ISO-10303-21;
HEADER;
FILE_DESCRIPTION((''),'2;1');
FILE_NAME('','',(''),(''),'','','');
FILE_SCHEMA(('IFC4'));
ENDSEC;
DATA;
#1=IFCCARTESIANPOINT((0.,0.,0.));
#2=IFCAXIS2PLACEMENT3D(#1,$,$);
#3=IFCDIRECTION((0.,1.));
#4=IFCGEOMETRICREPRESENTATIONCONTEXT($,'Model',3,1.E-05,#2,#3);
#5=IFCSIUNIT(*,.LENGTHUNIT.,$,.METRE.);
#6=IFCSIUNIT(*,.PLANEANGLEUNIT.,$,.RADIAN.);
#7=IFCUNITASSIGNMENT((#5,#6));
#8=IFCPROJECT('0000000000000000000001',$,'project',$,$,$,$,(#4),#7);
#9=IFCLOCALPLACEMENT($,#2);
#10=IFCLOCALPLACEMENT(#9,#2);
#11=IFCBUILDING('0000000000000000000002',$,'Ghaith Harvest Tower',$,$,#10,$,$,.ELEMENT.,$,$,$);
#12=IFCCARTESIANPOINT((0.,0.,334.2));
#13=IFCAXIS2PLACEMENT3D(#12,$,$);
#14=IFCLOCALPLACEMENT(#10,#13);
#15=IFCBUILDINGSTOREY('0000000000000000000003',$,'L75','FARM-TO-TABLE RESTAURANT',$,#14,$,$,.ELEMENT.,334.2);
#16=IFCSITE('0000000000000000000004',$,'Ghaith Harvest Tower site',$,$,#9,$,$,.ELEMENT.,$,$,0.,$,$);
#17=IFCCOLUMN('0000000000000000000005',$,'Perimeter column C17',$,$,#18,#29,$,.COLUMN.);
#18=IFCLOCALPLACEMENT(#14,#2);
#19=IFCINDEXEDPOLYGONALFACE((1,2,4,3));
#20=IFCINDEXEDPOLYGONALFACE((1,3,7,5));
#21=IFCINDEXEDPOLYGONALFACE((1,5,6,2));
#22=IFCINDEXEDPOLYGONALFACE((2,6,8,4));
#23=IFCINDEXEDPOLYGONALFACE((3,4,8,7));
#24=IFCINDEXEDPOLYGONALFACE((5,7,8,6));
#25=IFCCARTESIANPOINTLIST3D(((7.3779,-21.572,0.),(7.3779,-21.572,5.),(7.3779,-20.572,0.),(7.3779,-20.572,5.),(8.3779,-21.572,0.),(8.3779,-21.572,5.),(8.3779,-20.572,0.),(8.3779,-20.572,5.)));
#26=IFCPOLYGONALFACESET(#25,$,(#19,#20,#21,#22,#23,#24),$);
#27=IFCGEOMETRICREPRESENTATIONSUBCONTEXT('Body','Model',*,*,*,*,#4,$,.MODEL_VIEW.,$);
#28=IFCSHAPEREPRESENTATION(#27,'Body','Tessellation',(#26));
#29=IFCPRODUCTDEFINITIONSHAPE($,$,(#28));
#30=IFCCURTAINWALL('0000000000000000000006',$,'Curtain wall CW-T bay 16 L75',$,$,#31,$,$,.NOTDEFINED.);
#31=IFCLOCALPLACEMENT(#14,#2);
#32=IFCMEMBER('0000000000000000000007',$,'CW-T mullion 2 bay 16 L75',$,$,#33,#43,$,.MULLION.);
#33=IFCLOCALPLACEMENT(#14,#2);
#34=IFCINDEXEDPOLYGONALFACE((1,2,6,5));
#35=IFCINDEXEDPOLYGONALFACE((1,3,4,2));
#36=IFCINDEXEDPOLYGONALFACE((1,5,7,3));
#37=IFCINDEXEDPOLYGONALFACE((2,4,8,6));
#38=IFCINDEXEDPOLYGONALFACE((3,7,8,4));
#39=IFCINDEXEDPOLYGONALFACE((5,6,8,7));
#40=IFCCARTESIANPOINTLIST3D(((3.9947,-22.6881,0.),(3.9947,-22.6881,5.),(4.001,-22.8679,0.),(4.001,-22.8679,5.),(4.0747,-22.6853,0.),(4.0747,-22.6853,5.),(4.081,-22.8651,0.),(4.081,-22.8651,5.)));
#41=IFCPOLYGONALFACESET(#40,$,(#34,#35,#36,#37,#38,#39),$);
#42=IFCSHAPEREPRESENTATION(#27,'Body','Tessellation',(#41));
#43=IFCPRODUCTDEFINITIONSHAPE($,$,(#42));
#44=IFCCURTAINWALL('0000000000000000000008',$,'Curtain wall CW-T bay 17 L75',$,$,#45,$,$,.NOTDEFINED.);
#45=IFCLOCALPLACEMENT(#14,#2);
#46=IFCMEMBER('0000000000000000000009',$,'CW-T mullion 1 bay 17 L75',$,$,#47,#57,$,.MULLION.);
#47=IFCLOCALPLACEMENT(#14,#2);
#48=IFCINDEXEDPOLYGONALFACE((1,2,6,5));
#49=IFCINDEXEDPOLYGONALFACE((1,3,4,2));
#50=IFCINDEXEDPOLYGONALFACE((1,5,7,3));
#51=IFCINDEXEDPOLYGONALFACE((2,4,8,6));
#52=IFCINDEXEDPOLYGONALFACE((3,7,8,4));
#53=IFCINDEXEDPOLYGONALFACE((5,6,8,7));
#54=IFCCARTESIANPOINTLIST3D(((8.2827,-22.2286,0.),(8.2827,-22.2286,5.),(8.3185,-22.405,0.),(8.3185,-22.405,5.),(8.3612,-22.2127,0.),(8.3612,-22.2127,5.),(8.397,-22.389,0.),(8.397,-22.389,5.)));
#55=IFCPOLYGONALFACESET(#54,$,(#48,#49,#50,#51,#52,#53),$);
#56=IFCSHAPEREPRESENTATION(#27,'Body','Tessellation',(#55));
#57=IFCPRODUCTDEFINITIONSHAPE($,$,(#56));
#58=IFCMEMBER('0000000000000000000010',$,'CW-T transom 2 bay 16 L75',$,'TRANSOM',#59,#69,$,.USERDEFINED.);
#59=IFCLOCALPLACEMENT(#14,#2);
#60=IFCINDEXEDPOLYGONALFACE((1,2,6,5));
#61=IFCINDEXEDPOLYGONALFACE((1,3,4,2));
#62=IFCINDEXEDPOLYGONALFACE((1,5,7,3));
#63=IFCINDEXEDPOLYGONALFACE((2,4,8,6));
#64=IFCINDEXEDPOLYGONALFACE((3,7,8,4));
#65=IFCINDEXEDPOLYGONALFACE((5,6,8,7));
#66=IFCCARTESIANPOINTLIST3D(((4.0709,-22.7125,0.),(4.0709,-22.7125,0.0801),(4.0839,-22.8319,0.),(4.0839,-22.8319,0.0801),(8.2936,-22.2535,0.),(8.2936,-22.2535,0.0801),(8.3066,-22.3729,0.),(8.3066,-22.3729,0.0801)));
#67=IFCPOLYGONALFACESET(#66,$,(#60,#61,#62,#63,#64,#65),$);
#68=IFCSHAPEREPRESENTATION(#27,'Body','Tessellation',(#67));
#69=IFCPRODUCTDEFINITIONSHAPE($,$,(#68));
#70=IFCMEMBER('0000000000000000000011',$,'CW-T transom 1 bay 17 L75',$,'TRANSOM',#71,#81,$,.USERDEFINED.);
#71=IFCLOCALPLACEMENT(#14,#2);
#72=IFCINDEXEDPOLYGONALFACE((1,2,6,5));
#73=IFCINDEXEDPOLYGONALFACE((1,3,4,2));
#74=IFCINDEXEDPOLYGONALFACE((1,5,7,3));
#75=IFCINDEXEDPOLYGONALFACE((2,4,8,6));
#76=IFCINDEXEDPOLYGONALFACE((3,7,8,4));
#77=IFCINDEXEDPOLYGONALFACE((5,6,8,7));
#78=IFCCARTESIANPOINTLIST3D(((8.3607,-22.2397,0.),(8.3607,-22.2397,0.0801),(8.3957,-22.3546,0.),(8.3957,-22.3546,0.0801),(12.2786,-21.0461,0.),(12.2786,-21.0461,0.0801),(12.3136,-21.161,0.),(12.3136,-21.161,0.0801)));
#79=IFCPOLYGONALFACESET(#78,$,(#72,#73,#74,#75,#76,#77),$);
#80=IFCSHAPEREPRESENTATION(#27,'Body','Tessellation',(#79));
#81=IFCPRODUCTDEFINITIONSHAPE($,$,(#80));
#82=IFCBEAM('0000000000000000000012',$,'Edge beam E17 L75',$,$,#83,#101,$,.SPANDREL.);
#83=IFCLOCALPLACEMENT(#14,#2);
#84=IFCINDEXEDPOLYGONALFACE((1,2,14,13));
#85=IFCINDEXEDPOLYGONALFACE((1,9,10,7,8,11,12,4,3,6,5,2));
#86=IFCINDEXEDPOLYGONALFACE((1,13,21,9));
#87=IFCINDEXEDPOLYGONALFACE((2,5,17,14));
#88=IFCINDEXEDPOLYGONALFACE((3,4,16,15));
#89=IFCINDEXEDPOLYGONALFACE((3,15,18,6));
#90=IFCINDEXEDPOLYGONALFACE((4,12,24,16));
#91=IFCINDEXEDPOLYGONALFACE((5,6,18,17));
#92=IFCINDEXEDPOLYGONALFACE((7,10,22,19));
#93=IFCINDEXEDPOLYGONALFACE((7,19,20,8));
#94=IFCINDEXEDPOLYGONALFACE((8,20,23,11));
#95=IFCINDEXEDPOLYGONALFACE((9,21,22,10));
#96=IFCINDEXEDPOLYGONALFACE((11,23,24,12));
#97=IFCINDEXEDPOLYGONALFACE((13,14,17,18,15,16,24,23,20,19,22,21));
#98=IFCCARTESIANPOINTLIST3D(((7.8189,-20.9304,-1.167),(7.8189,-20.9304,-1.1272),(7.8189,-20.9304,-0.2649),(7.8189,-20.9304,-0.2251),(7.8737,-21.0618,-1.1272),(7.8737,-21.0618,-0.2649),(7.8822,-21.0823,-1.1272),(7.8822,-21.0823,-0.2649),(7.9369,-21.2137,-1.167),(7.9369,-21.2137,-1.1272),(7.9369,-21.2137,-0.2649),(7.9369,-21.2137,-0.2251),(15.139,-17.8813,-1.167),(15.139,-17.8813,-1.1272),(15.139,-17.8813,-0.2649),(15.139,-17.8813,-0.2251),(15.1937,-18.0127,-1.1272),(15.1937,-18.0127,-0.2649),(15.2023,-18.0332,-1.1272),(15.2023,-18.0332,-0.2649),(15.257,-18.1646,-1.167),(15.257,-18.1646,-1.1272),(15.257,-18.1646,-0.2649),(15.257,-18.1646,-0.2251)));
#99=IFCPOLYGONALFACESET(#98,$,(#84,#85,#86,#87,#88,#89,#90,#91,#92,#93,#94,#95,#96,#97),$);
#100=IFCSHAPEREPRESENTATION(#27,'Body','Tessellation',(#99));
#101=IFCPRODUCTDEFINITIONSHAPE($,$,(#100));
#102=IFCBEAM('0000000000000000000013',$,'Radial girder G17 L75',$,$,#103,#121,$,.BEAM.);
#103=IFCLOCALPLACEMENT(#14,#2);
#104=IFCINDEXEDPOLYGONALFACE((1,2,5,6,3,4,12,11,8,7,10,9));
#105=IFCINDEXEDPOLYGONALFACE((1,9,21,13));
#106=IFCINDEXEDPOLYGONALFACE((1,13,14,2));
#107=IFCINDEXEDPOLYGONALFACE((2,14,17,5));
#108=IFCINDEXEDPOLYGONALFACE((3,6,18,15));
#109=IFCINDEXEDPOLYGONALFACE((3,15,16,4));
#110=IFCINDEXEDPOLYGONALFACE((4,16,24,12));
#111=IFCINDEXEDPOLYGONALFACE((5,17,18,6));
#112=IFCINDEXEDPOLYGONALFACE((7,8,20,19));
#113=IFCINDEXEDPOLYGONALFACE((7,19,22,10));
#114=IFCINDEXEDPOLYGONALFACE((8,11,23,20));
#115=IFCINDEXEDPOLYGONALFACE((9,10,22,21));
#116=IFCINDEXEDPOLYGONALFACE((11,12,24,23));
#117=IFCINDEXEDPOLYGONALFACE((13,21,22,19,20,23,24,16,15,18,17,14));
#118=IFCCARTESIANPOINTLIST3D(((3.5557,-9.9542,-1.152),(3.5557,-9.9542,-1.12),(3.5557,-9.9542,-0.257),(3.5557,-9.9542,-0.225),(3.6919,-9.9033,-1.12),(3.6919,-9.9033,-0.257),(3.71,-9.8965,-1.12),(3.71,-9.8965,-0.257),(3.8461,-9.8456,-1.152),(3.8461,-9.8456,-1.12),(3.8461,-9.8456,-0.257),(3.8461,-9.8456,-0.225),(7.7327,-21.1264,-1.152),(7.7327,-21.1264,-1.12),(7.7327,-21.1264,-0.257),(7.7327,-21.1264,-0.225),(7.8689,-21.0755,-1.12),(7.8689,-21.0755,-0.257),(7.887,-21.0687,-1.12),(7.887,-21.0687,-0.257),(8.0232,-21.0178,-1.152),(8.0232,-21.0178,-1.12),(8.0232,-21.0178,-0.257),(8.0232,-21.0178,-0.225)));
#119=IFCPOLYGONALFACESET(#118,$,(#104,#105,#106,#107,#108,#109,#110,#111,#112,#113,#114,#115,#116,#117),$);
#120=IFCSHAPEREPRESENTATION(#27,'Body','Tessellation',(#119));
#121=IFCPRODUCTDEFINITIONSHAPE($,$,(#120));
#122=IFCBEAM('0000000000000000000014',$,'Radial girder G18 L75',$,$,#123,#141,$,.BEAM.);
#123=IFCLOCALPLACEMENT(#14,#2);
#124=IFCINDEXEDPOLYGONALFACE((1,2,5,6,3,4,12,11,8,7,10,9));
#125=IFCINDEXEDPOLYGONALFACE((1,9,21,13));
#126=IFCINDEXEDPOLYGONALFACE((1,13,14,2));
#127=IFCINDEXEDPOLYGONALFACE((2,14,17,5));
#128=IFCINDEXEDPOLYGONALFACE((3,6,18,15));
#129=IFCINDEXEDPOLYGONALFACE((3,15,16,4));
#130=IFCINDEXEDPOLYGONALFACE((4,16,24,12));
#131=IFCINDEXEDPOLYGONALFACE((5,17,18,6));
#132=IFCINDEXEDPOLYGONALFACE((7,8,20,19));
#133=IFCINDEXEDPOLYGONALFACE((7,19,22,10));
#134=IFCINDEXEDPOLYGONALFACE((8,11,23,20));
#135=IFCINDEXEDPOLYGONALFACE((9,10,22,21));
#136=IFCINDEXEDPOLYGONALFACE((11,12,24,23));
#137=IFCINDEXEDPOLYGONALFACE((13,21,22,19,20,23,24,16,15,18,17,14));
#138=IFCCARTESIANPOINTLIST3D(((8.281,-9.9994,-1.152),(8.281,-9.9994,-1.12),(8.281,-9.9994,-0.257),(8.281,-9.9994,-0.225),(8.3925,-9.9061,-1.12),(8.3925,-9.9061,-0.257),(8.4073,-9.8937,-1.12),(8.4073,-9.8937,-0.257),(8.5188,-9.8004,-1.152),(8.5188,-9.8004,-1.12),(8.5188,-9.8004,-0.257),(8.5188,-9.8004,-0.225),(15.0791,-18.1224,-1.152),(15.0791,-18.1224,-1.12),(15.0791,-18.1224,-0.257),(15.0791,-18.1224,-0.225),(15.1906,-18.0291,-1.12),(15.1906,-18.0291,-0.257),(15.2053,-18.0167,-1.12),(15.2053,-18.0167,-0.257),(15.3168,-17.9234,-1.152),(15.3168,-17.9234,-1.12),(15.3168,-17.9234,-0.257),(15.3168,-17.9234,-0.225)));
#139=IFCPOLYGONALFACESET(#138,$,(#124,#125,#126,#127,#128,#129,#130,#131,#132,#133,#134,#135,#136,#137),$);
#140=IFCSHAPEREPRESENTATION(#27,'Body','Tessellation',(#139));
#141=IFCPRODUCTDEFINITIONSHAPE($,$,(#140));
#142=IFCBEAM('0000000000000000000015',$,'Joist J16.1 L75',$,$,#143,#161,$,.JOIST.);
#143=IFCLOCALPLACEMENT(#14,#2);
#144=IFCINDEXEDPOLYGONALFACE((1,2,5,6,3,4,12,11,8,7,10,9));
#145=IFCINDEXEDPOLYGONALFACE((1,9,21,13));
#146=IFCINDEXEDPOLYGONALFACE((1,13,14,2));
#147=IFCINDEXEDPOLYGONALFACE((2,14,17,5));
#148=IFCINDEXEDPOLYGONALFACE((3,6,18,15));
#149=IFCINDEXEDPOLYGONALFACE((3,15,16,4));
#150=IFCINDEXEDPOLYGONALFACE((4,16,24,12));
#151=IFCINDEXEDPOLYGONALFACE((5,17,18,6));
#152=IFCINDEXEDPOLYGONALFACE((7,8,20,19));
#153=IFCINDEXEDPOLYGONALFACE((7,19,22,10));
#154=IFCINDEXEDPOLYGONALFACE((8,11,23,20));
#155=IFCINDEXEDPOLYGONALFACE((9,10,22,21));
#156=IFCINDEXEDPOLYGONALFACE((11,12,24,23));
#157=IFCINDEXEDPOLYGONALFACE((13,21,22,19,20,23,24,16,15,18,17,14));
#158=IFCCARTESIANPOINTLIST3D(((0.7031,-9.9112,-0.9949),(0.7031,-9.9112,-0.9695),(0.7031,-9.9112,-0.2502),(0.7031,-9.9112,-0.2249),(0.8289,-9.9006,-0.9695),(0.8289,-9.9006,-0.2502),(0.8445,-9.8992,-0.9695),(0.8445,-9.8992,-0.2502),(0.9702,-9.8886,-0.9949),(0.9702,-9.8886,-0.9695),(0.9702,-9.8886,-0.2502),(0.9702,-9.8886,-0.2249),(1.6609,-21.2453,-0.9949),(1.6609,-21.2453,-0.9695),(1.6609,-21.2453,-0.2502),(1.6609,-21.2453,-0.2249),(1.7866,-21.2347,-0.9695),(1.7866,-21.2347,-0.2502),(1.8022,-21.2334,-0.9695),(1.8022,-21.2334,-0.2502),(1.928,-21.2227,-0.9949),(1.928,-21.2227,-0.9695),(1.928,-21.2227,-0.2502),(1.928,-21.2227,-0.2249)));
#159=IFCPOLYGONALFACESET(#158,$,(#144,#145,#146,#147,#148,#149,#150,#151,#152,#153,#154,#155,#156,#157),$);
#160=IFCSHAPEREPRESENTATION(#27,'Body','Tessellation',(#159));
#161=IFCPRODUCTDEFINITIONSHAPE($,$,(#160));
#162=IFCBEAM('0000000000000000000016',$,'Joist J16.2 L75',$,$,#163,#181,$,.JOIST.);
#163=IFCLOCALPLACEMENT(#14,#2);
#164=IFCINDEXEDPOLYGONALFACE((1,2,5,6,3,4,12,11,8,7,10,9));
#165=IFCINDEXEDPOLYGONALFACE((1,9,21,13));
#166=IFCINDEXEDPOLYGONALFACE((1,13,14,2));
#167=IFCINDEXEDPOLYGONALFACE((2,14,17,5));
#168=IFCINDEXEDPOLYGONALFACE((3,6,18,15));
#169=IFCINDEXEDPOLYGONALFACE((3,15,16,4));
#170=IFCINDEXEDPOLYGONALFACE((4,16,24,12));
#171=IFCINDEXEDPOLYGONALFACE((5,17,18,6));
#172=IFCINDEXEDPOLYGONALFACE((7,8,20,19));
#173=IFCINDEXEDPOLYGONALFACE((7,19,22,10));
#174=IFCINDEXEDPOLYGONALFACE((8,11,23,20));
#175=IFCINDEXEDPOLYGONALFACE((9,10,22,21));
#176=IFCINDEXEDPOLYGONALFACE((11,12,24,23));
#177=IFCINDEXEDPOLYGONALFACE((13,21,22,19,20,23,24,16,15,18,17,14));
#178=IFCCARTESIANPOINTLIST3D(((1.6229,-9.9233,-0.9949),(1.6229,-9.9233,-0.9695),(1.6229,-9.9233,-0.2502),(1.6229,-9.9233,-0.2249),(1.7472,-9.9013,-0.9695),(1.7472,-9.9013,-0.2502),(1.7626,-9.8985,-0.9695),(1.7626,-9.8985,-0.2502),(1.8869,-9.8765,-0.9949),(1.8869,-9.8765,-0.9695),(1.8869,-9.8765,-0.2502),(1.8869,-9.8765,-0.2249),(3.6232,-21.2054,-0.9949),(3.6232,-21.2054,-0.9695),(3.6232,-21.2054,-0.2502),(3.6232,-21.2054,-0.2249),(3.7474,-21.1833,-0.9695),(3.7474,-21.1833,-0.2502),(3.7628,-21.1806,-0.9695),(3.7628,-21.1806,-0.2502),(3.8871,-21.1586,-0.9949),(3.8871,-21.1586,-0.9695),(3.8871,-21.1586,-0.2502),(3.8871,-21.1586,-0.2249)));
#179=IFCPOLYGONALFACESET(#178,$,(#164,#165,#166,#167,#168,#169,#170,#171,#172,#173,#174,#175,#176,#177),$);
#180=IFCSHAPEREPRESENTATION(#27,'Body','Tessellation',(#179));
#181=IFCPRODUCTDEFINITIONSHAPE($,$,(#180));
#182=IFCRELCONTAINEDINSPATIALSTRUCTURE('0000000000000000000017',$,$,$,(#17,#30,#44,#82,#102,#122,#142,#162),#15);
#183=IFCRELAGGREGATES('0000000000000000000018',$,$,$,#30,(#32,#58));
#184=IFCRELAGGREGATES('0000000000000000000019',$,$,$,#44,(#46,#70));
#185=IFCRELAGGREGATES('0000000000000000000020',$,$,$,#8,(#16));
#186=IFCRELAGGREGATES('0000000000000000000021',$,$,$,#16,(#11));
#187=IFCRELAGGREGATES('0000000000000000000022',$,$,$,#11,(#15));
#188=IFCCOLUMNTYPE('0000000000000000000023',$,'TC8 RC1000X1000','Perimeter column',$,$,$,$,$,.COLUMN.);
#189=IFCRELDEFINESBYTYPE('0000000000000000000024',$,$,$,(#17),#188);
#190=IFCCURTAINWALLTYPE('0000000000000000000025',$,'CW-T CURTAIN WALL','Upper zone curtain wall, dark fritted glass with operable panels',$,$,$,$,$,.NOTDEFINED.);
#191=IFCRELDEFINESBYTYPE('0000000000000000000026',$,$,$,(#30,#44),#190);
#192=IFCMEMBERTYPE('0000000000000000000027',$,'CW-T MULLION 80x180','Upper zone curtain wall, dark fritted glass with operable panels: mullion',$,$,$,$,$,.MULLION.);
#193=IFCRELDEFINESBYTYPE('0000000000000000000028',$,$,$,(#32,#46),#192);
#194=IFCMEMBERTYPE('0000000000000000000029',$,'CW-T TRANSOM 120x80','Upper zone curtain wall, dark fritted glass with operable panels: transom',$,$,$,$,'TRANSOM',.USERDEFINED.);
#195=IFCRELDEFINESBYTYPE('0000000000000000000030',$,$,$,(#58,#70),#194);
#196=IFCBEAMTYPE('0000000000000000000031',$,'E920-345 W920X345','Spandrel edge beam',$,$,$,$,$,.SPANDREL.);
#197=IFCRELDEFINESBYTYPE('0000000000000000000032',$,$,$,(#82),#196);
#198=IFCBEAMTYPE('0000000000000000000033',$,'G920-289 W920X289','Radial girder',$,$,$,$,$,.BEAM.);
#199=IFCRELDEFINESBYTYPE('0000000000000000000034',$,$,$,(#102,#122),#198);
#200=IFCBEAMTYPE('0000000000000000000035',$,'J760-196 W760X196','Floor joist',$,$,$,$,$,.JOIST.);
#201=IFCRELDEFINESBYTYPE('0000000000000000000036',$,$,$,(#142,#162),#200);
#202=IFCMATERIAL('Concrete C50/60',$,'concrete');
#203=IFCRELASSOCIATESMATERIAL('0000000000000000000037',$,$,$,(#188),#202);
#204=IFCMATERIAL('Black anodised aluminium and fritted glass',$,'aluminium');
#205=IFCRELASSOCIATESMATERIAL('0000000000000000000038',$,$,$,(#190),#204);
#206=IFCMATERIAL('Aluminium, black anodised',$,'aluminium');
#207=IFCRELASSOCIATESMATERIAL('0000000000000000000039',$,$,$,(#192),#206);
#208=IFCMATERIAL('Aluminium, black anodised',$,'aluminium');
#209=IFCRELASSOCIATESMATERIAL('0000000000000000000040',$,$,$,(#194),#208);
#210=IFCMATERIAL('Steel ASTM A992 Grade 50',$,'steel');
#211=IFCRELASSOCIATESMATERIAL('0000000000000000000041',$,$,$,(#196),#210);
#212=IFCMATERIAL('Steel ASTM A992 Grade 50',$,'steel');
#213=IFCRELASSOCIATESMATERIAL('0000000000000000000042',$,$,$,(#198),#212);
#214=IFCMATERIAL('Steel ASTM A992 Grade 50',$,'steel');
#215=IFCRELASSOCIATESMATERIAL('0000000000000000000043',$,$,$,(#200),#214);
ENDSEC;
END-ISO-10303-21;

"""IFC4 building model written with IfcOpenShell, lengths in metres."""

from ifc_helpers import new_model, si_unit, direction, frame, origin, origin_2d, place, context, subcontext, project, spatial, rectangle, i_section, extrude, material, material_profile, profile_set, type_object, element, aggregate, save


model = new_model("IFC4")

# Units and contexts
model_context = context("Model", 3, precision=1e-05, world=origin(), true_north=direction((0.0, 1.0)))
body_context = subcontext(model_context, "Body", "Model", "MODEL_VIEW")
ifc_project = project(units=[si_unit("LENGTHUNIT", "METRE"), si_unit("PLANEANGLEUNIT", "RADIAN")], contexts=[model_context])

# Site, building, storey
site_placement = place(None, origin())
site = spatial("IfcSite", under=ifc_project, at=site_placement, Name="Ghaith Harvest Tower site", CompositionType="ELEMENT", RefElevation=0.0)
building_placement = place(site_placement, origin())
building = spatial("IfcBuilding", under=site, at=building_placement, Name="Ghaith Harvest Tower", CompositionType="ELEMENT")
storey_placement = place(building_placement, frame((0.0, 0.0, 334.2)))
storey = spatial("IfcBuildingStorey", under=building, at=storey_placement, Name="L75", Description="FARM-TO-TABLE RESTAURANT", CompositionType="ELEMENT", Elevation=334.2)

# Column
ifc_material_1 = material(Name="Concrete C50/60", Category="concrete")
ifc_material_profile_1 = material_profile(ifc_material_1, rectangle(XDim=1.0, YDim=1.0, at=origin_2d()), Name="RC1000X1000")
ifc_profile_set_1 = profile_set([ifc_material_profile_1], Name="Concrete C50/60")
column_type = type_object("IfcColumnType", Name="TC8 RC1000X1000", Description="Perimeter column", PredefinedType="COLUMN", material=ifc_profile_set_1)
column_placement = place(storey_placement, frame((7.8779, -21.072, 0.0), z_axis=(0.0, 0.0, 1.0), x_axis=(1.0, 0.0, 0.0)))
element("IfcColumn", 1, at=column_placement, inside=storey, type_object=column_type, Name="Perimeter column C17", PredefinedType="COLUMN", context=body_context, shape_type="SweptSolid", body=[
    extrude(rectangle(XDim=1.0, YDim=1.0, at=origin_2d()), origin(), (0.0, 0.0, 1.0), 5.0),
])

# Curtain walls, members
ifc_material_2 = material(Name="Black anodised aluminium and fritted glass", Category="aluminium")
curtain_wall_type = type_object("IfcCurtainWallType", Name="CW-T CURTAIN WALL", Description="Upper zone curtain wall, dark fritted glass with operable panels", PredefinedType="NOTDEFINED", material=ifc_material_2)
curtain_wall_1_placement = place(storey_placement, origin())
curtain_wall_1 = element("IfcCurtainWall", 2, at=curtain_wall_1_placement, inside=storey, type_object=curtain_wall_type, Name="Curtain wall CW-T bay 16 L75", PredefinedType="NOTDEFINED")
ifc_material_3 = material(Name="Aluminium, black anodised", Category="aluminium")
ifc_material_profile_2 = material_profile(ifc_material_3, rectangle(XDim=0.0801, YDim=0.1799, at=origin_2d()), Name="CW-T MULLION 80x180")
ifc_profile_set_2 = profile_set([ifc_material_profile_2], Name="Aluminium, black anodised")
member_type_1 = type_object("IfcMemberType", Name="CW-T MULLION 80x180", Description="Upper zone curtain wall, dark fritted glass with operable panels: mullion", PredefinedType="MULLION", material=ifc_profile_set_2)
member_1_placement = place(storey_placement, frame((4.0378, -22.7766, 0.0), z_axis=(0.0, 0.0, 1.0), x_axis=(0.999389, 0.034962, 0.0)))
member_1 = element("IfcMember", 3, at=member_1_placement, type_object=member_type_1, Name="CW-T mullion 2 bay 16 L75", PredefinedType="MULLION", context=body_context, shape_type="SweptSolid", body=[
    extrude(rectangle(XDim=0.0801, YDim=0.1799, at=origin_2d()), origin(), (0.0, 0.0, 1.0), 5.0),
])
curtain_wall_2_placement = place(storey_placement, origin())
curtain_wall_2 = element("IfcCurtainWall", 4, at=curtain_wall_2_placement, inside=storey, type_object=curtain_wall_type, Name="Curtain wall CW-T bay 17 L75", PredefinedType="NOTDEFINED")
member_2_placement = place(storey_placement, frame((8.3398, -22.3088, 0.0), z_axis=(0.0, 0.0, 1.0), x_axis=(0.98, 0.198997, 0.0)))
member_2 = element("IfcMember", 5, at=member_2_placement, type_object=member_type_1, Name="CW-T mullion 1 bay 17 L75", PredefinedType="MULLION", context=body_context, shape_type="SweptSolid", body=[
    extrude(rectangle(XDim=0.0801, YDim=0.1799, at=origin_2d()), origin(), (0.0, 0.0, 1.0), 5.0),
])

# Members
ifc_material_4 = material(Name="Aluminium, black anodised", Category="aluminium")
ifc_material_profile_3 = material_profile(ifc_material_4, rectangle(XDim=0.1201, YDim=0.0801, at=origin_2d()), Name="CW-T TRANSOM 120x80")
ifc_profile_set_3 = profile_set([ifc_material_profile_3], Name="Aluminium, black anodised")
member_type_2 = type_object("IfcMemberType", Name="CW-T TRANSOM 120x80", Description="Upper zone curtain wall, dark fritted glass with operable panels: transom", ElementType="TRANSOM", PredefinedType="USERDEFINED", material=ifc_profile_set_3)
member_3_placement = place(storey_placement, frame((4.0774, -22.7722, 0.04), z_axis=(0.994144, 0.108059, 0.0), x_axis=(-0.108059, 0.994144, 0.0)))
member_3 = element("IfcMember", 6, at=member_3_placement, type_object=member_type_2, Name="CW-T transom 2 bay 16 L75", ObjectType="TRANSOM", PredefinedType="USERDEFINED", context=body_context, shape_type="SweptSolid", body=[
    extrude(rectangle(XDim=0.1201, YDim=0.0801, at=origin_2d()), origin(), (0.0, 0.0, 1.0), 4.2476),
])
member_4_placement = place(storey_placement, frame((8.3782, -22.2971, 0.04), z_axis=(0.956594, 0.291425, 0.0), x_axis=(-0.291425, 0.956594, 0.0)))
member_4 = element("IfcMember", 7, at=member_4_placement, type_object=member_type_2, Name="CW-T transom 1 bay 17 L75", ObjectType="TRANSOM", PredefinedType="USERDEFINED", context=body_context, shape_type="SweptSolid", body=[
    extrude(rectangle(XDim=0.1201, YDim=0.0801, at=origin_2d()), origin(), (0.0, 0.0, 1.0), 4.0957),
])

# Beams
ifc_material_5 = material(Name="Steel ASTM A992 Grade 50", Category="steel")
ifc_material_profile_4 = material_profile(ifc_material_5, i_section(OverallWidth=0.3069, OverallDepth=0.9419, WebThickness=0.0222, FlangeThickness=0.0398, at=origin_2d()), Name="W920X345")
ifc_profile_set_4 = profile_set([ifc_material_profile_4], Name="Steel ASTM A992 Grade 50")
beam_type_1 = type_object("IfcBeamType", Name="E920-345 W920X345", Description="Spandrel edge beam", PredefinedType="SPANDREL", material=ifc_profile_set_4)
beam_1_placement = place(storey_placement, frame((7.8779, -21.072, -0.696), z_axis=(0.92312, 0.384513, 0.0), x_axis=(-0.384513, 0.92312, 0.0)))
element("IfcBeam", 8, at=beam_1_placement, inside=storey, type_object=beam_type_1, Name="Edge beam E17 L75", PredefinedType="SPANDREL", context=body_context, shape_type="SweptSolid", body=[
    extrude(i_section(OverallWidth=0.3069, OverallDepth=0.9419, WebThickness=0.0222, FlangeThickness=0.0398, at=origin_2d()), origin(), (0.0, 0.0, 1.0), 7.9297),
])
ifc_material_6 = material(Name="Steel ASTM A992 Grade 50", Category="steel")
ifc_material_profile_5 = material_profile(ifc_material_6, i_section(OverallWidth=0.3101, OverallDepth=0.927, WebThickness=0.0193, FlangeThickness=0.032, at=origin_2d()), Name="W920X289")
ifc_profile_set_5 = profile_set([ifc_material_profile_5], Name="Steel ASTM A992 Grade 50")
beam_type_2 = type_object("IfcBeamType", Name="G920-289 W920X289", Description="Radial girder", PredefinedType="BEAM", material=ifc_profile_set_5)
beam_2_placement = place(storey_placement, frame((3.7009, -9.8999, -0.6885), z_axis=(0.350201, -0.936674, 0.0), x_axis=(0.936674, 0.350201, 0.0)))
element("IfcBeam", 9, at=beam_2_placement, inside=storey, type_object=beam_type_2, Name="Radial girder G17 L75", PredefinedType="BEAM", context=body_context, shape_type="SweptSolid", body=[
    extrude(i_section(OverallWidth=0.3101, OverallDepth=0.927, WebThickness=0.0193, FlangeThickness=0.032, at=origin_2d()), origin(), (0.0, 0.0, 1.0), 11.9275),
])
beam_3_placement = place(storey_placement, frame((8.3999, -9.8999, -0.6885), z_axis=(0.641793, -0.766878, 0.0), x_axis=(0.766878, 0.641793, 0.0)))
element("IfcBeam", 10, at=beam_3_placement, inside=storey, type_object=beam_type_2, Name="Radial girder G18 L75", PredefinedType="BEAM", context=body_context, shape_type="SweptSolid", body=[
    extrude(i_section(OverallWidth=0.3101, OverallDepth=0.927, WebThickness=0.0193, FlangeThickness=0.032, at=origin_2d()), origin(), (0.0, 0.0, 1.0), 10.5923),
])
ifc_material_7 = material(Name="Steel ASTM A992 Grade 50", Category="steel")
ifc_material_profile_6 = material_profile(ifc_material_7, i_section(OverallWidth=0.2681, OverallDepth=0.77, WebThickness=0.0156, FlangeThickness=0.0254, at=origin_2d()), Name="W760X196")
ifc_profile_set_6 = profile_set([ifc_material_profile_6], Name="Steel ASTM A992 Grade 50")
beam_type_3 = type_object("IfcBeamType", Name="J760-196 W760X196", Description="Floor joist", PredefinedType="JOIST", material=ifc_profile_set_6)
beam_4_placement = place(storey_placement, frame((0.8367, -9.8999, -0.6099), z_axis=(0.084202, -0.996449, 0.0), x_axis=(0.996449, 0.084202, 0.0)))
element("IfcBeam", 11, at=beam_4_placement, inside=storey, type_object=beam_type_3, Name="Joist J16.1 L75", PredefinedType="JOIST", context=body_context, shape_type="SweptSolid", body=[
    extrude(i_section(OverallWidth=0.2681, OverallDepth=0.77, WebThickness=0.0156, FlangeThickness=0.0254, at=origin_2d()), origin(), (0.0, 0.0, 1.0), 11.3745),
])
beam_5_placement = place(storey_placement, frame((1.7549, -9.8999, -0.6099), z_axis=(0.174573, -0.984644, 0.0), x_axis=(0.984644, 0.174573, 0.0)))
element("IfcBeam", 12, at=beam_5_placement, inside=storey, type_object=beam_type_3, Name="Joist J16.2 L75", PredefinedType="JOIST", context=body_context, shape_type="SweptSolid", body=[
    extrude(i_section(OverallWidth=0.2681, OverallDepth=0.77, WebThickness=0.0156, FlangeThickness=0.0254, at=origin_2d()), origin(), (0.0, 0.0, 1.0), 11.458),
])

aggregate(curtain_wall_1, [member_1, member_3])
aggregate(curtain_wall_2, [member_2, member_4])

save(model, "model.ifc")
